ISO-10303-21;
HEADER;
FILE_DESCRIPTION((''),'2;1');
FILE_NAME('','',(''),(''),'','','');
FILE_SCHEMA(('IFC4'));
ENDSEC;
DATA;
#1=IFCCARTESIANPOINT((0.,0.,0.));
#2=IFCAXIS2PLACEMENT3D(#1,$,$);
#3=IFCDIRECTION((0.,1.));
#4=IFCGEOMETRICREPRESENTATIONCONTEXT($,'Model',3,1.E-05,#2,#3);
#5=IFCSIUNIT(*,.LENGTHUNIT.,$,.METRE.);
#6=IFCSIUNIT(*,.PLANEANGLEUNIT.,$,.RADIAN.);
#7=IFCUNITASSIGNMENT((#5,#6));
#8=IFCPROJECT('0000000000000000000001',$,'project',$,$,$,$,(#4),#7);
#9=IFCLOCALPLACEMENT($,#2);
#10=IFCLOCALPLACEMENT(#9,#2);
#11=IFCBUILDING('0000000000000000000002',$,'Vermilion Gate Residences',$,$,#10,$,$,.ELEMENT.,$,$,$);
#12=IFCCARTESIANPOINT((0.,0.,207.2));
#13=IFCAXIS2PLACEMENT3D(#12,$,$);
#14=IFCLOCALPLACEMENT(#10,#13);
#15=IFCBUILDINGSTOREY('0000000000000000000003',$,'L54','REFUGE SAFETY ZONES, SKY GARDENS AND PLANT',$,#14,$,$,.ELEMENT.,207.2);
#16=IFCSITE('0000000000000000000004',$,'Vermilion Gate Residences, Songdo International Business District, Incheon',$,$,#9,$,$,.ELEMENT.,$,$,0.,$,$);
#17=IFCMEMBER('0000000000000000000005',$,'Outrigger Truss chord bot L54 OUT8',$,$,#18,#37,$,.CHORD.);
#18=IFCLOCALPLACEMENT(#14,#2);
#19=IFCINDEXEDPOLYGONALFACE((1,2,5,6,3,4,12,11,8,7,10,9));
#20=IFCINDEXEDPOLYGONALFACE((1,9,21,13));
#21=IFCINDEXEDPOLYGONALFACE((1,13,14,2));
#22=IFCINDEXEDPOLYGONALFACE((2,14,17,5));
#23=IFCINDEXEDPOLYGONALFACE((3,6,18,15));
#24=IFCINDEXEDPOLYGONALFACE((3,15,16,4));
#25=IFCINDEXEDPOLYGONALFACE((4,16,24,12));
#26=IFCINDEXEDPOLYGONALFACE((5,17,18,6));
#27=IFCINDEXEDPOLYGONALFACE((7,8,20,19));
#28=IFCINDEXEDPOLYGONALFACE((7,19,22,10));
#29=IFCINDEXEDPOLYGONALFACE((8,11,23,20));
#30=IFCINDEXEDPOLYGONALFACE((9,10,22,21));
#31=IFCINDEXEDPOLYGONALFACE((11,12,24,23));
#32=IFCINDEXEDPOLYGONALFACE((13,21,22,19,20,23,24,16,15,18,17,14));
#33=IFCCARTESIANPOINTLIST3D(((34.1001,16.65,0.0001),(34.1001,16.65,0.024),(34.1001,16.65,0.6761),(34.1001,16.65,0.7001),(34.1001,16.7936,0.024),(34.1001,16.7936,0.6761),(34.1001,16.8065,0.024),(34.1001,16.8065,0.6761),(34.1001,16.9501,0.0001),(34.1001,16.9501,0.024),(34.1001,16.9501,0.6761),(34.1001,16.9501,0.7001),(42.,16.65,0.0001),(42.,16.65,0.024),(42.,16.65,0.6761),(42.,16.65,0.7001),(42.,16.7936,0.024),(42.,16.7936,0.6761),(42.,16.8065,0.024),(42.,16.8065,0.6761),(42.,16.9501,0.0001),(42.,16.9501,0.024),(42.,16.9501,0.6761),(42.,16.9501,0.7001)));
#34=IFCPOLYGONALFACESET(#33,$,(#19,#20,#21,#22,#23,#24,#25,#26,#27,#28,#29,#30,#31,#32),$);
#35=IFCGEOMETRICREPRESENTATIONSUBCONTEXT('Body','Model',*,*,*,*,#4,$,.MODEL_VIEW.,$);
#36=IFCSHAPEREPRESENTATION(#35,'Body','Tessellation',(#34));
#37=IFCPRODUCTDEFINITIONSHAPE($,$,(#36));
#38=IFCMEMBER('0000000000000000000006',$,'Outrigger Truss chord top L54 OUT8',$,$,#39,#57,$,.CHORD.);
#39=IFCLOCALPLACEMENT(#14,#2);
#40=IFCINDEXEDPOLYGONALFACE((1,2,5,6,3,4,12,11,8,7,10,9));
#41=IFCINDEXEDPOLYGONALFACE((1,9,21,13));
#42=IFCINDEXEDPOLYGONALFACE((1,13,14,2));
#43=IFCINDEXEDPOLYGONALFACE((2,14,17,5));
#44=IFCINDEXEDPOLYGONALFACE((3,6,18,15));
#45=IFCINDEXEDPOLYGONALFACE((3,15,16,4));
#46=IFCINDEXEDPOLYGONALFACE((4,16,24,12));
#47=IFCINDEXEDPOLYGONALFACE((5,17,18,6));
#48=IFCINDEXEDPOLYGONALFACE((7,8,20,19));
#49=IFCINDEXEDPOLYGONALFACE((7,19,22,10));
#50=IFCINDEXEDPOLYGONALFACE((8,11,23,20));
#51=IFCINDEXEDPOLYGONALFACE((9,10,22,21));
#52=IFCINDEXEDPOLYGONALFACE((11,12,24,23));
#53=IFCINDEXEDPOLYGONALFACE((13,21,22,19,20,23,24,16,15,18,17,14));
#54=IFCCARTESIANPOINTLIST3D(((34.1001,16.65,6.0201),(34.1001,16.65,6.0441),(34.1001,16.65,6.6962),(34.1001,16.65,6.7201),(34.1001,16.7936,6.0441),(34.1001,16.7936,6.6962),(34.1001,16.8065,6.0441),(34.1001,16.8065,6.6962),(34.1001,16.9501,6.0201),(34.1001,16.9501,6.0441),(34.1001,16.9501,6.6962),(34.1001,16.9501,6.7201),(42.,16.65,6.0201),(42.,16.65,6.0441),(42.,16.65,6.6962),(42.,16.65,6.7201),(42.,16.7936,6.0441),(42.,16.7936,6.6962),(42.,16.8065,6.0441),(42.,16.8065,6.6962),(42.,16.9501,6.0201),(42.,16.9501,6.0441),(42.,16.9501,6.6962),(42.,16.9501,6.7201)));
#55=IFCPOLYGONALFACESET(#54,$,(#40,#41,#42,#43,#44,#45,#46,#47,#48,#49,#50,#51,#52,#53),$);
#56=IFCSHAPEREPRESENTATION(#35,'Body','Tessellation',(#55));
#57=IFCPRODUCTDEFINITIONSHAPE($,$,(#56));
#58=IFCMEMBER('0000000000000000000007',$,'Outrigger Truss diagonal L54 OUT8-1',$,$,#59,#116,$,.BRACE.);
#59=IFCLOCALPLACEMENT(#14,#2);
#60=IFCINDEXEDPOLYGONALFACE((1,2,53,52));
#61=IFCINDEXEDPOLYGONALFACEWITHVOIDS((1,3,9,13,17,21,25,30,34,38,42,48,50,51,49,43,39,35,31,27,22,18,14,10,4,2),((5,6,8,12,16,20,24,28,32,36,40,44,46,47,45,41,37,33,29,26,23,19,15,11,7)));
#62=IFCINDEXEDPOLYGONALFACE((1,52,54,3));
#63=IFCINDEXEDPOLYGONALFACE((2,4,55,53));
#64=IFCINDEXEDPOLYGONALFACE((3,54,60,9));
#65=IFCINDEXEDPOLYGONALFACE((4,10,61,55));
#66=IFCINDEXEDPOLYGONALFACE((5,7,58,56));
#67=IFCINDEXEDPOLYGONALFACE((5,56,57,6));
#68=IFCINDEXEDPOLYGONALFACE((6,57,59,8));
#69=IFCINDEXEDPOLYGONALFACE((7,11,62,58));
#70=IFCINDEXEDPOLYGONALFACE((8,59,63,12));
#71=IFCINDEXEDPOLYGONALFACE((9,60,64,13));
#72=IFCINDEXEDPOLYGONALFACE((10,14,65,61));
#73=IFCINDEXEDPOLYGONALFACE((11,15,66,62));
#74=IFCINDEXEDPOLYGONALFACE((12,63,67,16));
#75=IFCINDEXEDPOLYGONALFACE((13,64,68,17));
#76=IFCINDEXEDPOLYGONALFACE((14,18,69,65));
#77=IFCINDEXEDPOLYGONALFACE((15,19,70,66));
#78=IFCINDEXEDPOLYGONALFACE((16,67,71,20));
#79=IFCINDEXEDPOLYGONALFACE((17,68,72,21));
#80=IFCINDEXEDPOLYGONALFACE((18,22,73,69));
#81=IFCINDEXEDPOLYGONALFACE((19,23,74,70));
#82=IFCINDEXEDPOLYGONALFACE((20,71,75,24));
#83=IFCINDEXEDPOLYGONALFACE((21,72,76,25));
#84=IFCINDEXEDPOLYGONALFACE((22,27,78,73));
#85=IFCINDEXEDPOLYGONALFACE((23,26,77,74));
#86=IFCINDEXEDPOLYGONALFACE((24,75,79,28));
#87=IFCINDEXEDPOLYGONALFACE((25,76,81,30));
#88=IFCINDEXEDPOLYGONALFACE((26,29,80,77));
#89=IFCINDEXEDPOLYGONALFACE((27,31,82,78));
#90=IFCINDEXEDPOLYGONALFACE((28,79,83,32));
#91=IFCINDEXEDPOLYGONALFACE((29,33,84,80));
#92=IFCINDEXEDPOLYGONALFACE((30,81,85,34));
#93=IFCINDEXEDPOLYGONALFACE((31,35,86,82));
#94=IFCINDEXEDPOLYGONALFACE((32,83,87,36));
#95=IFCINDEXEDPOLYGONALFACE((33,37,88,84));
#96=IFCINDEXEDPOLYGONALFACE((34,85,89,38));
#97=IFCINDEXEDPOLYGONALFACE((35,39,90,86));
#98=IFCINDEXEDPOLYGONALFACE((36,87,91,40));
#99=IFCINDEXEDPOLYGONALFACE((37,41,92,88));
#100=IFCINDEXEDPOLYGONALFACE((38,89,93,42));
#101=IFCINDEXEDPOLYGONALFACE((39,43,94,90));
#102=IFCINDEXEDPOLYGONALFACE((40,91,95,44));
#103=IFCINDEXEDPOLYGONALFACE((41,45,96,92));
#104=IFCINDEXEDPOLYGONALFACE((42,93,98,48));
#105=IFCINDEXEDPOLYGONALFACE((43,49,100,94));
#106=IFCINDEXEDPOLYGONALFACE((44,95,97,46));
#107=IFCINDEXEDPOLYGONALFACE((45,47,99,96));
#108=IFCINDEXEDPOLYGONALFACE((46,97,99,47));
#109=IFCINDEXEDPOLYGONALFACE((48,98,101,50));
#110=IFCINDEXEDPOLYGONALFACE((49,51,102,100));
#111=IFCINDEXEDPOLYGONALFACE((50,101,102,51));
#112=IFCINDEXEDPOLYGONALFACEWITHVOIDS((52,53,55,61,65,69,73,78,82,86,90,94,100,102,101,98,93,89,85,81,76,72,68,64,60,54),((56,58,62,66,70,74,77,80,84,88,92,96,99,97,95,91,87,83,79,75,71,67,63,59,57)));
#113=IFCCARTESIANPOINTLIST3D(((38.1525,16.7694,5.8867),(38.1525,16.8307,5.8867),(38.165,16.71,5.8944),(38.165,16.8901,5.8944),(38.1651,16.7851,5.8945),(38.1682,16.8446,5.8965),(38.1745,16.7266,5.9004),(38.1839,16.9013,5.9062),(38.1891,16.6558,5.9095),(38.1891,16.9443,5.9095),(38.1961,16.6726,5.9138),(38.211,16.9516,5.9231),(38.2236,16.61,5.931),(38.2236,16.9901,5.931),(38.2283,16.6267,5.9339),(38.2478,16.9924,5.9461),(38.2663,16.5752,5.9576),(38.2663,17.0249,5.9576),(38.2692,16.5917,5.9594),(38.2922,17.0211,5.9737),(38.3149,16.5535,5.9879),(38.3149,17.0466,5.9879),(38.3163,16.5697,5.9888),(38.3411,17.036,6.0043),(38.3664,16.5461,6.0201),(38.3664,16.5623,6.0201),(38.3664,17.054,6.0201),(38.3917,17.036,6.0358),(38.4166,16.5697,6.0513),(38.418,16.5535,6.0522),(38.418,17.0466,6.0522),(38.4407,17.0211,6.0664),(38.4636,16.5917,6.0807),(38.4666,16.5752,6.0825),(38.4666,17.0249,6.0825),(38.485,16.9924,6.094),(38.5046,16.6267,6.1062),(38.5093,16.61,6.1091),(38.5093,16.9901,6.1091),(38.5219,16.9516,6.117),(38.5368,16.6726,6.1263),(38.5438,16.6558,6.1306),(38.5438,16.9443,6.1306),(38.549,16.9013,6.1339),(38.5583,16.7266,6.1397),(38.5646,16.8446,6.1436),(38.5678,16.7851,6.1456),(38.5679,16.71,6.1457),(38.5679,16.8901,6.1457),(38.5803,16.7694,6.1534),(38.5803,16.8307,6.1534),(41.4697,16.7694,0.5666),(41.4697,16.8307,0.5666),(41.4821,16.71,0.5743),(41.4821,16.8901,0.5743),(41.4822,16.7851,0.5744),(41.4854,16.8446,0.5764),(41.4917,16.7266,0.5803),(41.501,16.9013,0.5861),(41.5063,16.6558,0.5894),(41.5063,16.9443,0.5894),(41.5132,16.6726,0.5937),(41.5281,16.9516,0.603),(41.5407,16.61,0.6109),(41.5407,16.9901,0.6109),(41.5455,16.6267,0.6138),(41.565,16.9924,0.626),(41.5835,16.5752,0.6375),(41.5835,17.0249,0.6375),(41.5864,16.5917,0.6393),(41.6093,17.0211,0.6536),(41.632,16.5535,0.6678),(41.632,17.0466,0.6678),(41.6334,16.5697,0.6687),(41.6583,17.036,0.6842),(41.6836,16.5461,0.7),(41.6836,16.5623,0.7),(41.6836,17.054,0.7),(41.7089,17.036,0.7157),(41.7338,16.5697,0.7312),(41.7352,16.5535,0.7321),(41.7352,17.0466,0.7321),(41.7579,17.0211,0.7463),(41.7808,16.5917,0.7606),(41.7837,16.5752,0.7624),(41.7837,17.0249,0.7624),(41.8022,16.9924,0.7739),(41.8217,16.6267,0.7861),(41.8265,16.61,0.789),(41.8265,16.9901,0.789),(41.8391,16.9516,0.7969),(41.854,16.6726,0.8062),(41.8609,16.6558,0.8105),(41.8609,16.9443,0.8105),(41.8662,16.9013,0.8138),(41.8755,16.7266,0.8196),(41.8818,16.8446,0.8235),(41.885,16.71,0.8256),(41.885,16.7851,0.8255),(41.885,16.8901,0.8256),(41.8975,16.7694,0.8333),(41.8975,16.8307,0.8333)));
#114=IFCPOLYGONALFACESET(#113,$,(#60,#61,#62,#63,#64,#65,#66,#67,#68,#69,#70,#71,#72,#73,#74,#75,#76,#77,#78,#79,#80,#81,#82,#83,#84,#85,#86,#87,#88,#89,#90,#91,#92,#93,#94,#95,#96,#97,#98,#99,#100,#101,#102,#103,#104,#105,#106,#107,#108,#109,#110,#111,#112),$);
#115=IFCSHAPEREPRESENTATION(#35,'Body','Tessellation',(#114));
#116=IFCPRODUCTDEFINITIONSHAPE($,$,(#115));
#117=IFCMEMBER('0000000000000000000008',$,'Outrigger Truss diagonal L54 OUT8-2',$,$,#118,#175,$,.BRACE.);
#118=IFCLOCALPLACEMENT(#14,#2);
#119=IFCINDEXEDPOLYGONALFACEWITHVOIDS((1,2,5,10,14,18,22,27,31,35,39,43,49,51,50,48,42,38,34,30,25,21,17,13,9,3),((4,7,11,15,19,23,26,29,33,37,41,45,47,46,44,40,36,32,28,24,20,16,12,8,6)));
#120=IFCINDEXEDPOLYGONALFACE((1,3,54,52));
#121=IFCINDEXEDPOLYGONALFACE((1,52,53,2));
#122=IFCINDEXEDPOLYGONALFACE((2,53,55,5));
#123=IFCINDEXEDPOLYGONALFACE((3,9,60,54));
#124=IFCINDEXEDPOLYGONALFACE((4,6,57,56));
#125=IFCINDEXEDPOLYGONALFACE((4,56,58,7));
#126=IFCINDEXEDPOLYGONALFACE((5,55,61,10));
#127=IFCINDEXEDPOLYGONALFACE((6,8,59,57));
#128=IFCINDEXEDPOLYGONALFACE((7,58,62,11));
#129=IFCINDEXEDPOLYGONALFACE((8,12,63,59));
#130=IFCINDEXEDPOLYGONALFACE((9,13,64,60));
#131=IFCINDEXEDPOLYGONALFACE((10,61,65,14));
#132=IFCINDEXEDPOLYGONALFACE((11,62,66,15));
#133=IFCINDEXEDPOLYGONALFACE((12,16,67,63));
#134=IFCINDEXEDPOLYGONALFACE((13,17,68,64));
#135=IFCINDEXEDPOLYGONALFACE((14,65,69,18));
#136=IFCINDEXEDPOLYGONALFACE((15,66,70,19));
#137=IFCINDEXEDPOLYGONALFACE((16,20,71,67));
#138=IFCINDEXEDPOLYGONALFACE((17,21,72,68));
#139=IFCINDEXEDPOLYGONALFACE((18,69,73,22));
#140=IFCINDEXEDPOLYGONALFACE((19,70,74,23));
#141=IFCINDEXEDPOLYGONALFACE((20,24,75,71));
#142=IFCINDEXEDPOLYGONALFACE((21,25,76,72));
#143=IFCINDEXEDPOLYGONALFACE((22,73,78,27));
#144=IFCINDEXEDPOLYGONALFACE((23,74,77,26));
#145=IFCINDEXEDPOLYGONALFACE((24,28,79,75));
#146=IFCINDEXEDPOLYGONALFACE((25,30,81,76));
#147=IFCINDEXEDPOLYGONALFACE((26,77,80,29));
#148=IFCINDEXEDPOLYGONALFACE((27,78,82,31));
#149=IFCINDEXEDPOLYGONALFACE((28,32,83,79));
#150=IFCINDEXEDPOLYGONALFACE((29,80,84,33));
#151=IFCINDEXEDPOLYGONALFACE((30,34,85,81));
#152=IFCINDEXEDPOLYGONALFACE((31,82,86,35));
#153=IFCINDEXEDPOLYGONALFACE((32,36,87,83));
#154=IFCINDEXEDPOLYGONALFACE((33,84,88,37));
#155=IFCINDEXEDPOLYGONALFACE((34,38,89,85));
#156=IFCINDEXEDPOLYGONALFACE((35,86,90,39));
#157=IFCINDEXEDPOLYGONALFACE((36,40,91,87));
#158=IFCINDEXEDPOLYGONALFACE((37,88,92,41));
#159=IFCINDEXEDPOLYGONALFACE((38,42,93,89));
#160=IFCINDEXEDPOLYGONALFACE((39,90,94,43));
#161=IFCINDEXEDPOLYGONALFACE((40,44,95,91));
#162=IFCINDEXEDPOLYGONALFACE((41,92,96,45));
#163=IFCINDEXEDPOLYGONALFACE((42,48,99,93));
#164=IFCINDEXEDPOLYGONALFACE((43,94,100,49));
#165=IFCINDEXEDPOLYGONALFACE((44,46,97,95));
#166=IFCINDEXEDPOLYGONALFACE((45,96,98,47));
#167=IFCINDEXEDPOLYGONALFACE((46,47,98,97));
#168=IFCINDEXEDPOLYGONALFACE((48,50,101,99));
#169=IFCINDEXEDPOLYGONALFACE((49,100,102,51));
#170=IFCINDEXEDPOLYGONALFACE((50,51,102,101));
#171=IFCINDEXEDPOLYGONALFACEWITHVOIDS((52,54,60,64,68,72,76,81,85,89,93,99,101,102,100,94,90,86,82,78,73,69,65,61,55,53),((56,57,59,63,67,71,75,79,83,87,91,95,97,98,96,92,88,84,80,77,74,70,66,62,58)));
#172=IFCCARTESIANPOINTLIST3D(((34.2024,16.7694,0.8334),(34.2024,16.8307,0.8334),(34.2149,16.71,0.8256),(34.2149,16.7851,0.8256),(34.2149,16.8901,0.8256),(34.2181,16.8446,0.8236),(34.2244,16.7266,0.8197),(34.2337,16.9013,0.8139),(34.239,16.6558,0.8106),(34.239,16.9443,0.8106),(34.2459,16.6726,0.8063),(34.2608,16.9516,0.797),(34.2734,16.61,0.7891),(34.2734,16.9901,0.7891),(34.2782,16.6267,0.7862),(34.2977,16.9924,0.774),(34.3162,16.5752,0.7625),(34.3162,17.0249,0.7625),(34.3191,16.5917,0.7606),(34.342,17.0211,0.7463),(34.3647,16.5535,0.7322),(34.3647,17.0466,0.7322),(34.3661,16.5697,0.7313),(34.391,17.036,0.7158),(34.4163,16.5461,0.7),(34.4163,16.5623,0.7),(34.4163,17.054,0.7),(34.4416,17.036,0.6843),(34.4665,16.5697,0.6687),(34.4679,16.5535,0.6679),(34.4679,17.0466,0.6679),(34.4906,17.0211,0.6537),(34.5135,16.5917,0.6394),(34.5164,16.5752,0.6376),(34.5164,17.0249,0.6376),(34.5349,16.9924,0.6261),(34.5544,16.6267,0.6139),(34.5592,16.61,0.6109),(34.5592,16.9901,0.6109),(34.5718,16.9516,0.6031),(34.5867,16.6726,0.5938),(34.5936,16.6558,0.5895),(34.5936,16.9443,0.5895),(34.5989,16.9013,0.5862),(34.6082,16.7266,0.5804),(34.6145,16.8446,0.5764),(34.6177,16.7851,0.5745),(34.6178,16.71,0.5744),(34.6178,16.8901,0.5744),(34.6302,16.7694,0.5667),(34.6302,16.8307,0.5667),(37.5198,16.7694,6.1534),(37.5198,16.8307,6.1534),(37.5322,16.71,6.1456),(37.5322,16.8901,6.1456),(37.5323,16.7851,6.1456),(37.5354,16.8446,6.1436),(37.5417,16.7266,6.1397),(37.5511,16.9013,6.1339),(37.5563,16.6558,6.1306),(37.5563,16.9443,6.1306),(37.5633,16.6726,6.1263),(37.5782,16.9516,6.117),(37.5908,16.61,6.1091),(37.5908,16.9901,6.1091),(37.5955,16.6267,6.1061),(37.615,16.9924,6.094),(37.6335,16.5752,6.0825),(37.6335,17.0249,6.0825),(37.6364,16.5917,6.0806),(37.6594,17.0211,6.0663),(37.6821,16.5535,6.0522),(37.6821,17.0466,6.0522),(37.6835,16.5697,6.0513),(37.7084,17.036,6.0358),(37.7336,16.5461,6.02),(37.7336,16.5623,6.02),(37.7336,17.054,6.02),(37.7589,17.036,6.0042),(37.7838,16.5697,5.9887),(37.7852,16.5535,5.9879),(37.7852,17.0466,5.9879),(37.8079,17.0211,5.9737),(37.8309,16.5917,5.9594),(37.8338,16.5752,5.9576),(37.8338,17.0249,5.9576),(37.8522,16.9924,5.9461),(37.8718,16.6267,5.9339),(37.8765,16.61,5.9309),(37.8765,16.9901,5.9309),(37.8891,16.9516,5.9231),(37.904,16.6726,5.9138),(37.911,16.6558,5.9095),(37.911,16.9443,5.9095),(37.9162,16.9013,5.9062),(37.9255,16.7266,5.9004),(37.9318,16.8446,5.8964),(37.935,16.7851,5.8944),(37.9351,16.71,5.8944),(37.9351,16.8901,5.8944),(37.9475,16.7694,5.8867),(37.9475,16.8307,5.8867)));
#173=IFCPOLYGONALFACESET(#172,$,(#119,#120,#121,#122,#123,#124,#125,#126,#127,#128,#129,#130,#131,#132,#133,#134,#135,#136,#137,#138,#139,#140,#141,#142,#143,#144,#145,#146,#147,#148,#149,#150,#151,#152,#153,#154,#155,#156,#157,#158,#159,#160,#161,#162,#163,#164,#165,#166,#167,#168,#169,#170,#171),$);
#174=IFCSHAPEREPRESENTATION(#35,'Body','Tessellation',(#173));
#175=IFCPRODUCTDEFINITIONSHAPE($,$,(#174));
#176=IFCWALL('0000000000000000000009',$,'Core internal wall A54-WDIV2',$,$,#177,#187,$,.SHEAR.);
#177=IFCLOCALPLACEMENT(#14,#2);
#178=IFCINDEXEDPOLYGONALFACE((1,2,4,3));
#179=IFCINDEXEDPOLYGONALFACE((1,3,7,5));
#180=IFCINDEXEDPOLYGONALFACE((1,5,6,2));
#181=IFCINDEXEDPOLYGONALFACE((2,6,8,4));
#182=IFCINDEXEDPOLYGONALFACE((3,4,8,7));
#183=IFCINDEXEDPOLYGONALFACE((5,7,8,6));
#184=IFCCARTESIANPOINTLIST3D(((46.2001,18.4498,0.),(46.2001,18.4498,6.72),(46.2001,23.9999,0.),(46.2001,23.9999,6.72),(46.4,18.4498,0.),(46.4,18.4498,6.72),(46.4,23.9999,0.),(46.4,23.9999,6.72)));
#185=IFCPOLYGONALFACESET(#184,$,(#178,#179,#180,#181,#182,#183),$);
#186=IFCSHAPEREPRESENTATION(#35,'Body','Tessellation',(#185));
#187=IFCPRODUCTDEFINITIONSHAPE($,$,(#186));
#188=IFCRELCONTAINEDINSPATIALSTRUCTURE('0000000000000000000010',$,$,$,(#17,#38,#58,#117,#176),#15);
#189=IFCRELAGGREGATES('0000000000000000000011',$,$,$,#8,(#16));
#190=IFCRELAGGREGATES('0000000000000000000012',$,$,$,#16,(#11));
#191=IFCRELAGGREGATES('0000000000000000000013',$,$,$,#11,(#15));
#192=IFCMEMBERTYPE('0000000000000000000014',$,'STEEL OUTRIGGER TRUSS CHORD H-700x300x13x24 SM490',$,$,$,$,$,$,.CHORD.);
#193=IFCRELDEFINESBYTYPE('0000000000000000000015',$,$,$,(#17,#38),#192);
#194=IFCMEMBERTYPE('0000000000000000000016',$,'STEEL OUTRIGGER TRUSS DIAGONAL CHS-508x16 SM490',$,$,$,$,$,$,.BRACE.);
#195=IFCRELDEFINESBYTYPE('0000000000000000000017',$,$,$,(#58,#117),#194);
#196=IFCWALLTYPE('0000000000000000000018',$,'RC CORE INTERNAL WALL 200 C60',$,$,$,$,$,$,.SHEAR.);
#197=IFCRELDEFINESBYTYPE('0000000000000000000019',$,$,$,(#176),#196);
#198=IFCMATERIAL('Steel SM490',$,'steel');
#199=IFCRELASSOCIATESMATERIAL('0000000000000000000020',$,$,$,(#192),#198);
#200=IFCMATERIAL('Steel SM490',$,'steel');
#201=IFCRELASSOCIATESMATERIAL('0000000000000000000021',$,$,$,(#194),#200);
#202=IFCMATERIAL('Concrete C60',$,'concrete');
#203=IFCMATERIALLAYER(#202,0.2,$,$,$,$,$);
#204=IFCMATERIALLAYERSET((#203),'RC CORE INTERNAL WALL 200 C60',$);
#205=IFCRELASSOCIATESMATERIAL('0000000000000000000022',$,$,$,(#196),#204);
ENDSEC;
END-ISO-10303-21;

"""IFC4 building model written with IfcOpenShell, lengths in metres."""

from ifc_helpers import new_model, si_unit, direction, frame, frame_2d, origin, origin_2d, place, context, subcontext, project, spatial, rectangle, hollow_circle, i_section, extrude, material, layer, layer_set, material_profile, profile_set, type_object, element, save


model = new_model("IFC4")

# Units and contexts
model_context = context("Model", 3, precision=1e-05, world=origin(), true_north=direction((0.0, 1.0)))
body_context = subcontext(model_context, "Body", "Model", "MODEL_VIEW")
ifc_project = project(units=[si_unit("LENGTHUNIT", "METRE"), si_unit("PLANEANGLEUNIT", "RADIAN")], contexts=[model_context])

# Site, building, storey
site_placement = place(None, origin())
site = spatial("IfcSite", under=ifc_project, at=site_placement, Name="Vermilion Gate Residences, Songdo International Business District, Incheon", CompositionType="ELEMENT", RefElevation=0.0)
building_placement = place(site_placement, origin())
building = spatial("IfcBuilding", under=site, at=building_placement, Name="Vermilion Gate Residences", CompositionType="ELEMENT")
storey_placement = place(building_placement, frame((0.0, 0.0, 207.2)))
storey = spatial("IfcBuildingStorey", under=building, at=storey_placement, Name="L54", Description="REFUGE SAFETY ZONES, SKY GARDENS AND PLANT", CompositionType="ELEMENT", Elevation=207.2)

# Members
ifc_material_1 = material(Name="Steel SM490", Category="steel")
ifc_material_profile_1 = material_profile(ifc_material_1, i_section(OverallWidth=0.3, OverallDepth=0.7, WebThickness=0.0129, FlangeThickness=0.0239, at=origin_2d()), Name="H-700x300x13x24")
ifc_profile_set_1 = profile_set([ifc_material_profile_1], Name="Steel SM490")
member_type_1 = type_object("IfcMemberType", Name="STEEL OUTRIGGER TRUSS CHORD H-700x300x13x24 SM490", PredefinedType="CHORD", material=ifc_profile_set_1)
for number, where, z_axis, x_axis, name in (
    (1, (42.0, 16.8, 0.3501), (-1.0, 0.0, 0.0), (0.0, -1.0, 0.0), "Outrigger Truss chord bot L54 OUT8"),
    (2, (42.0, 16.8, 6.3701), (-1.0, 0.0, 0.0), (0.0, -1.0, 0.0), "Outrigger Truss chord top L54 OUT8"),
):
    element("IfcMember", number, at=place(storey_placement, frame(where, z_axis=z_axis, x_axis=x_axis)), inside=storey, type_object=member_type_1, Name=name, PredefinedType="CHORD", context=body_context, shape_type="SweptSolid", body=[
        extrude(i_section(OverallWidth=0.3, OverallDepth=0.7, WebThickness=0.0129, FlangeThickness=0.0239, at=origin_2d()), origin(), (0.0, 0.0, 1.0), 7.8999),
    ])
ifc_material_2 = material(Name="Steel SM490", Category="steel")
ifc_material_profile_2 = material_profile(ifc_material_2, hollow_circle(Radius=0.2539, WallThickness=0.0161, at=origin_2d()), Name="CHS-508x16")
ifc_profile_set_2 = profile_set([ifc_material_profile_2], Name="Steel SM490")
member_type_2 = type_object("IfcMemberType", Name="STEEL OUTRIGGER TRUSS DIAGONAL CHS-508x16 SM490", PredefinedType="BRACE", material=ifc_profile_set_2)
for number, where, z_axis, x_axis, name in (
    (3, (41.6836, 16.8, 0.7), (-0.529092, 0.0, 0.848564), (0.0, -1.0, 0.0), "Outrigger Truss diagonal L54 OUT8-1"),
    (4, (37.7336, 16.8, 6.02), (-0.52912, 0.0, -0.848547), (0.0, -1.0, 0.0), "Outrigger Truss diagonal L54 OUT8-2"),
):
    element("IfcMember", number, at=place(storey_placement, frame(where, z_axis=z_axis, x_axis=x_axis)), inside=storey, type_object=member_type_2, Name=name, PredefinedType="BRACE", context=body_context, shape_type="SweptSolid", body=[
        extrude(hollow_circle(Radius=0.2539, WallThickness=0.0161, at=origin_2d()), origin(), (0.0, 0.0, 1.0), 6.2695),
    ])

# Wall
ifc_material_3 = material(Name="Concrete C60", Category="concrete")
ifc_layer = layer(ifc_material_3, 0.2)
ifc_layer_set = layer_set([ifc_layer], Name="RC CORE INTERNAL WALL 200 C60")
wall_type = type_object("IfcWallType", Name="RC CORE INTERNAL WALL 200 C60", PredefinedType="SHEAR", material=ifc_layer_set)
wall_1_placement = place(storey_placement, frame((46.3, 18.45, 0.0), z_axis=(0.0, 0.0, 1.0), x_axis=(0.0, 1.0, 0.0)))
element("IfcWall", 5, at=wall_1_placement, inside=storey, type_object=wall_type, Name="Core internal wall A54-WDIV2", PredefinedType="SHEAR", context=body_context, shape_type="SweptSolid", body=[
    extrude(rectangle(XDim=5.55, YDim=0.2, at=frame_2d((2.7749, 0.0))), origin(), (0.0, 0.0, 1.0), 6.72),
])

save(model, "model.ifc")
